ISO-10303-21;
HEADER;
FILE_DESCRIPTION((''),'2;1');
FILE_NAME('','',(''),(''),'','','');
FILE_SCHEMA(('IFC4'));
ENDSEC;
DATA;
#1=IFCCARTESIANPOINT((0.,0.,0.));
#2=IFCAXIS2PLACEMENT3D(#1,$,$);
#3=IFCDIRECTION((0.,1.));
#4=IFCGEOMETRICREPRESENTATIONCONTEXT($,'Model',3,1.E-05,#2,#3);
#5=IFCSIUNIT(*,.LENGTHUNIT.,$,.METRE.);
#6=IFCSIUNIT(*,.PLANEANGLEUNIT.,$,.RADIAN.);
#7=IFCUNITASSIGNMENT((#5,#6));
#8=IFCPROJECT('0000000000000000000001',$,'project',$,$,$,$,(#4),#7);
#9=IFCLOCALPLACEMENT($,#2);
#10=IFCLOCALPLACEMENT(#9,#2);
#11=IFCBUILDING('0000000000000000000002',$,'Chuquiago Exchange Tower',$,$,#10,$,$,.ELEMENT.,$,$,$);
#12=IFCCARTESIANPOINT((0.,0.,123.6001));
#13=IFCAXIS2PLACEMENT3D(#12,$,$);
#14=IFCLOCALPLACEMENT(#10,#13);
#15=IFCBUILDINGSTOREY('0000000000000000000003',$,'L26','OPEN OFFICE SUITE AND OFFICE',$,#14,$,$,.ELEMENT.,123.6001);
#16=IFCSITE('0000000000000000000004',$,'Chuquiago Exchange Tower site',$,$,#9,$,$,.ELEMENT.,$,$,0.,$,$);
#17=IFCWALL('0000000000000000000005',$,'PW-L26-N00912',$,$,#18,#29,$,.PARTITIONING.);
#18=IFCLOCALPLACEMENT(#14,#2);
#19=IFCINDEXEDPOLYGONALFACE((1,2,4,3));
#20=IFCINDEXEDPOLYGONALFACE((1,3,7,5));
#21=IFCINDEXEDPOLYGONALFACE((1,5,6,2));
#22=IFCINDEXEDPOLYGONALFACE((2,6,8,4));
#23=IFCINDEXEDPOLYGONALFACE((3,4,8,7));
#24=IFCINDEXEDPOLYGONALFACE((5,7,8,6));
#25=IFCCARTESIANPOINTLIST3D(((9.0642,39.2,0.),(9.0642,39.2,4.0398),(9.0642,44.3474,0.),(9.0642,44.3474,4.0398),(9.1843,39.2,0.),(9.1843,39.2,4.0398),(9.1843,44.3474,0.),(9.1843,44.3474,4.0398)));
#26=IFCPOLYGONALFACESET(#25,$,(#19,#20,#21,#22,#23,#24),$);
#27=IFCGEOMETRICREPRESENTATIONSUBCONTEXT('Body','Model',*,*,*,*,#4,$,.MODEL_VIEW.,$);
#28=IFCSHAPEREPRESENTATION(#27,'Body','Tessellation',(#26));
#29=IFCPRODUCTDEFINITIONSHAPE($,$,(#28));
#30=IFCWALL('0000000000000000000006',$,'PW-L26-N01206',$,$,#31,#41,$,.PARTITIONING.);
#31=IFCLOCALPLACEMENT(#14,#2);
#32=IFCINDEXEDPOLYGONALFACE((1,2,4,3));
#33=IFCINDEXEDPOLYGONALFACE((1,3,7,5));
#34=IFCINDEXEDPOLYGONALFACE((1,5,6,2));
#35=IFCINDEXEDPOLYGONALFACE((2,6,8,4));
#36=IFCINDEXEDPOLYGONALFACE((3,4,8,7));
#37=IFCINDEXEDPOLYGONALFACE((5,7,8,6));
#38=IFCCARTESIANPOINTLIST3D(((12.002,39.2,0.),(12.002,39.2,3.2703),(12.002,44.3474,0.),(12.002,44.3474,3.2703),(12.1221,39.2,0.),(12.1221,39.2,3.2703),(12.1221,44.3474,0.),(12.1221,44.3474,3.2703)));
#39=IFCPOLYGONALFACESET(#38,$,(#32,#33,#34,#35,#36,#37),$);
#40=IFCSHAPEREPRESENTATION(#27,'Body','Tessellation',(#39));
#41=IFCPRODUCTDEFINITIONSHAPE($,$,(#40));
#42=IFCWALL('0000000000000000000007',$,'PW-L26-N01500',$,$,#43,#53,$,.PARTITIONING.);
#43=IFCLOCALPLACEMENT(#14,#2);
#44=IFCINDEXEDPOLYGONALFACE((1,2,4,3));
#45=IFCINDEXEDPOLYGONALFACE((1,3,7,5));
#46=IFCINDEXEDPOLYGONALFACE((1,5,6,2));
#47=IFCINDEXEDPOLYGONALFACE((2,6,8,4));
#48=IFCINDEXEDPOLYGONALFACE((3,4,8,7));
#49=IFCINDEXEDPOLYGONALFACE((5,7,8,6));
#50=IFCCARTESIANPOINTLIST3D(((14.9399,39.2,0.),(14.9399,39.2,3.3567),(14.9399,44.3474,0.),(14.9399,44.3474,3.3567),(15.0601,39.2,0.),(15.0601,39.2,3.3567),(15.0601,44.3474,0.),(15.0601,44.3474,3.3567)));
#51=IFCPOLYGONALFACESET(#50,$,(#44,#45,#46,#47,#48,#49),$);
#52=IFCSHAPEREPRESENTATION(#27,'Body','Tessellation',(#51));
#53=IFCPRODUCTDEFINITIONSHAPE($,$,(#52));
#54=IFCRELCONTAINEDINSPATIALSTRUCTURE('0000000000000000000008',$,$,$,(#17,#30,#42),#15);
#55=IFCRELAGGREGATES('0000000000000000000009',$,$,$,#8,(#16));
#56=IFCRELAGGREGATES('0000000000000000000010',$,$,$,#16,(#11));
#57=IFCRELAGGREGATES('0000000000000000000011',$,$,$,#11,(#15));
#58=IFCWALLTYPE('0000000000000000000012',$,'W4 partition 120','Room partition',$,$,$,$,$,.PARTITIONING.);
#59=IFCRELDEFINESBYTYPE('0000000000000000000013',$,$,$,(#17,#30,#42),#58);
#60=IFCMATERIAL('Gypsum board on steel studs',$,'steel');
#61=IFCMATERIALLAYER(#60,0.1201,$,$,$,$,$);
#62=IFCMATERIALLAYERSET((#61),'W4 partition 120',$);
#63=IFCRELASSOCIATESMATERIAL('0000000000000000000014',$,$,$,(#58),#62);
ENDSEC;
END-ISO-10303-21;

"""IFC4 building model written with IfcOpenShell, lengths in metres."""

from ifc_helpers import new_model, si_unit, direction, frame, frame_2d, origin, place, context, subcontext, project, spatial, rectangle, extrude, material, layer, layer_set, type_object, element, save


model = new_model("IFC4")

# Units and contexts
model_context = context("Model", 3, precision=1e-05, world=origin(), true_north=direction((0.0, 1.0)))
body_context = subcontext(model_context, "Body", "Model", "MODEL_VIEW")
ifc_project = project(units=[si_unit("LENGTHUNIT", "METRE"), si_unit("PLANEANGLEUNIT", "RADIAN")], contexts=[model_context])

# Site, building, storey
site_placement = place(None, origin())
site = spatial("IfcSite", under=ifc_project, at=site_placement, Name="Chuquiago Exchange Tower site", CompositionType="ELEMENT", RefElevation=0.0)
building_placement = place(site_placement, origin())
building = spatial("IfcBuilding", under=site, at=building_placement, Name="Chuquiago Exchange Tower", CompositionType="ELEMENT")
storey_placement = place(building_placement, frame((0.0, 0.0, 123.6001)))
storey = spatial("IfcBuildingStorey", under=building, at=storey_placement, Name="L26", Description="OPEN OFFICE SUITE AND OFFICE", CompositionType="ELEMENT", Elevation=123.6001)

# Walls
ifc_material_1 = material(Name="Gypsum board on steel studs", Category="steel")
ifc_layer_1 = layer(ifc_material_1, 0.1201)
ifc_layer_set_1 = layer_set([ifc_layer_1], Name="W4 partition 120")
wall_type_1 = type_object("IfcWallType", Name="W4 partition 120", Description="Room partition", PredefinedType="PARTITIONING", material=ifc_layer_set_1)
wall_1_placement = place(storey_placement, frame((9.1243, 44.3474, 0.0), z_axis=(0.0, 0.0, 1.0), x_axis=(0.0, -1.0, 0.0)))
element("IfcWall", 1, at=wall_1_placement, inside=storey, type_object=wall_type_1, Name="PW-L26-N00912", PredefinedType="PARTITIONING", context=body_context, shape_type="SweptSolid", body=[
    extrude(rectangle(XDim=5.1475, YDim=0.1201, at=frame_2d((2.5737, 0.0))), origin(), (0.0, 0.0, 1.0), 4.0398),
])
wall_2_placement = place(storey_placement, frame((12.062, 44.3474, 0.0), z_axis=(0.0, 0.0, 1.0), x_axis=(0.0, -1.0, 0.0)))
element("IfcWall", 2, at=wall_2_placement, inside=storey, type_object=wall_type_1, Name="PW-L26-N01206", PredefinedType="PARTITIONING", context=body_context, shape_type="SweptSolid", body=[
    extrude(rectangle(XDim=5.1475, YDim=0.1201, at=frame_2d((2.5737, 0.0))), origin(), (0.0, 0.0, 1.0), 3.2703),
])
wall_3_placement = place(storey_placement, frame((15.0, 44.3474, 0.0), z_axis=(0.0, 0.0, 1.0), x_axis=(0.0, -1.0, 0.0)))
element("IfcWall", 3, at=wall_3_placement, inside=storey, type_object=wall_type_1, Name="PW-L26-N01500", PredefinedType="PARTITIONING", context=body_context, shape_type="SweptSolid", body=[
    extrude(rectangle(XDim=5.1475, YDim=0.1201, at=frame_2d((2.5737, 0.0))), origin(), (0.0, 0.0, 1.0), 3.3567),
])

save(model, "model.ifc")
